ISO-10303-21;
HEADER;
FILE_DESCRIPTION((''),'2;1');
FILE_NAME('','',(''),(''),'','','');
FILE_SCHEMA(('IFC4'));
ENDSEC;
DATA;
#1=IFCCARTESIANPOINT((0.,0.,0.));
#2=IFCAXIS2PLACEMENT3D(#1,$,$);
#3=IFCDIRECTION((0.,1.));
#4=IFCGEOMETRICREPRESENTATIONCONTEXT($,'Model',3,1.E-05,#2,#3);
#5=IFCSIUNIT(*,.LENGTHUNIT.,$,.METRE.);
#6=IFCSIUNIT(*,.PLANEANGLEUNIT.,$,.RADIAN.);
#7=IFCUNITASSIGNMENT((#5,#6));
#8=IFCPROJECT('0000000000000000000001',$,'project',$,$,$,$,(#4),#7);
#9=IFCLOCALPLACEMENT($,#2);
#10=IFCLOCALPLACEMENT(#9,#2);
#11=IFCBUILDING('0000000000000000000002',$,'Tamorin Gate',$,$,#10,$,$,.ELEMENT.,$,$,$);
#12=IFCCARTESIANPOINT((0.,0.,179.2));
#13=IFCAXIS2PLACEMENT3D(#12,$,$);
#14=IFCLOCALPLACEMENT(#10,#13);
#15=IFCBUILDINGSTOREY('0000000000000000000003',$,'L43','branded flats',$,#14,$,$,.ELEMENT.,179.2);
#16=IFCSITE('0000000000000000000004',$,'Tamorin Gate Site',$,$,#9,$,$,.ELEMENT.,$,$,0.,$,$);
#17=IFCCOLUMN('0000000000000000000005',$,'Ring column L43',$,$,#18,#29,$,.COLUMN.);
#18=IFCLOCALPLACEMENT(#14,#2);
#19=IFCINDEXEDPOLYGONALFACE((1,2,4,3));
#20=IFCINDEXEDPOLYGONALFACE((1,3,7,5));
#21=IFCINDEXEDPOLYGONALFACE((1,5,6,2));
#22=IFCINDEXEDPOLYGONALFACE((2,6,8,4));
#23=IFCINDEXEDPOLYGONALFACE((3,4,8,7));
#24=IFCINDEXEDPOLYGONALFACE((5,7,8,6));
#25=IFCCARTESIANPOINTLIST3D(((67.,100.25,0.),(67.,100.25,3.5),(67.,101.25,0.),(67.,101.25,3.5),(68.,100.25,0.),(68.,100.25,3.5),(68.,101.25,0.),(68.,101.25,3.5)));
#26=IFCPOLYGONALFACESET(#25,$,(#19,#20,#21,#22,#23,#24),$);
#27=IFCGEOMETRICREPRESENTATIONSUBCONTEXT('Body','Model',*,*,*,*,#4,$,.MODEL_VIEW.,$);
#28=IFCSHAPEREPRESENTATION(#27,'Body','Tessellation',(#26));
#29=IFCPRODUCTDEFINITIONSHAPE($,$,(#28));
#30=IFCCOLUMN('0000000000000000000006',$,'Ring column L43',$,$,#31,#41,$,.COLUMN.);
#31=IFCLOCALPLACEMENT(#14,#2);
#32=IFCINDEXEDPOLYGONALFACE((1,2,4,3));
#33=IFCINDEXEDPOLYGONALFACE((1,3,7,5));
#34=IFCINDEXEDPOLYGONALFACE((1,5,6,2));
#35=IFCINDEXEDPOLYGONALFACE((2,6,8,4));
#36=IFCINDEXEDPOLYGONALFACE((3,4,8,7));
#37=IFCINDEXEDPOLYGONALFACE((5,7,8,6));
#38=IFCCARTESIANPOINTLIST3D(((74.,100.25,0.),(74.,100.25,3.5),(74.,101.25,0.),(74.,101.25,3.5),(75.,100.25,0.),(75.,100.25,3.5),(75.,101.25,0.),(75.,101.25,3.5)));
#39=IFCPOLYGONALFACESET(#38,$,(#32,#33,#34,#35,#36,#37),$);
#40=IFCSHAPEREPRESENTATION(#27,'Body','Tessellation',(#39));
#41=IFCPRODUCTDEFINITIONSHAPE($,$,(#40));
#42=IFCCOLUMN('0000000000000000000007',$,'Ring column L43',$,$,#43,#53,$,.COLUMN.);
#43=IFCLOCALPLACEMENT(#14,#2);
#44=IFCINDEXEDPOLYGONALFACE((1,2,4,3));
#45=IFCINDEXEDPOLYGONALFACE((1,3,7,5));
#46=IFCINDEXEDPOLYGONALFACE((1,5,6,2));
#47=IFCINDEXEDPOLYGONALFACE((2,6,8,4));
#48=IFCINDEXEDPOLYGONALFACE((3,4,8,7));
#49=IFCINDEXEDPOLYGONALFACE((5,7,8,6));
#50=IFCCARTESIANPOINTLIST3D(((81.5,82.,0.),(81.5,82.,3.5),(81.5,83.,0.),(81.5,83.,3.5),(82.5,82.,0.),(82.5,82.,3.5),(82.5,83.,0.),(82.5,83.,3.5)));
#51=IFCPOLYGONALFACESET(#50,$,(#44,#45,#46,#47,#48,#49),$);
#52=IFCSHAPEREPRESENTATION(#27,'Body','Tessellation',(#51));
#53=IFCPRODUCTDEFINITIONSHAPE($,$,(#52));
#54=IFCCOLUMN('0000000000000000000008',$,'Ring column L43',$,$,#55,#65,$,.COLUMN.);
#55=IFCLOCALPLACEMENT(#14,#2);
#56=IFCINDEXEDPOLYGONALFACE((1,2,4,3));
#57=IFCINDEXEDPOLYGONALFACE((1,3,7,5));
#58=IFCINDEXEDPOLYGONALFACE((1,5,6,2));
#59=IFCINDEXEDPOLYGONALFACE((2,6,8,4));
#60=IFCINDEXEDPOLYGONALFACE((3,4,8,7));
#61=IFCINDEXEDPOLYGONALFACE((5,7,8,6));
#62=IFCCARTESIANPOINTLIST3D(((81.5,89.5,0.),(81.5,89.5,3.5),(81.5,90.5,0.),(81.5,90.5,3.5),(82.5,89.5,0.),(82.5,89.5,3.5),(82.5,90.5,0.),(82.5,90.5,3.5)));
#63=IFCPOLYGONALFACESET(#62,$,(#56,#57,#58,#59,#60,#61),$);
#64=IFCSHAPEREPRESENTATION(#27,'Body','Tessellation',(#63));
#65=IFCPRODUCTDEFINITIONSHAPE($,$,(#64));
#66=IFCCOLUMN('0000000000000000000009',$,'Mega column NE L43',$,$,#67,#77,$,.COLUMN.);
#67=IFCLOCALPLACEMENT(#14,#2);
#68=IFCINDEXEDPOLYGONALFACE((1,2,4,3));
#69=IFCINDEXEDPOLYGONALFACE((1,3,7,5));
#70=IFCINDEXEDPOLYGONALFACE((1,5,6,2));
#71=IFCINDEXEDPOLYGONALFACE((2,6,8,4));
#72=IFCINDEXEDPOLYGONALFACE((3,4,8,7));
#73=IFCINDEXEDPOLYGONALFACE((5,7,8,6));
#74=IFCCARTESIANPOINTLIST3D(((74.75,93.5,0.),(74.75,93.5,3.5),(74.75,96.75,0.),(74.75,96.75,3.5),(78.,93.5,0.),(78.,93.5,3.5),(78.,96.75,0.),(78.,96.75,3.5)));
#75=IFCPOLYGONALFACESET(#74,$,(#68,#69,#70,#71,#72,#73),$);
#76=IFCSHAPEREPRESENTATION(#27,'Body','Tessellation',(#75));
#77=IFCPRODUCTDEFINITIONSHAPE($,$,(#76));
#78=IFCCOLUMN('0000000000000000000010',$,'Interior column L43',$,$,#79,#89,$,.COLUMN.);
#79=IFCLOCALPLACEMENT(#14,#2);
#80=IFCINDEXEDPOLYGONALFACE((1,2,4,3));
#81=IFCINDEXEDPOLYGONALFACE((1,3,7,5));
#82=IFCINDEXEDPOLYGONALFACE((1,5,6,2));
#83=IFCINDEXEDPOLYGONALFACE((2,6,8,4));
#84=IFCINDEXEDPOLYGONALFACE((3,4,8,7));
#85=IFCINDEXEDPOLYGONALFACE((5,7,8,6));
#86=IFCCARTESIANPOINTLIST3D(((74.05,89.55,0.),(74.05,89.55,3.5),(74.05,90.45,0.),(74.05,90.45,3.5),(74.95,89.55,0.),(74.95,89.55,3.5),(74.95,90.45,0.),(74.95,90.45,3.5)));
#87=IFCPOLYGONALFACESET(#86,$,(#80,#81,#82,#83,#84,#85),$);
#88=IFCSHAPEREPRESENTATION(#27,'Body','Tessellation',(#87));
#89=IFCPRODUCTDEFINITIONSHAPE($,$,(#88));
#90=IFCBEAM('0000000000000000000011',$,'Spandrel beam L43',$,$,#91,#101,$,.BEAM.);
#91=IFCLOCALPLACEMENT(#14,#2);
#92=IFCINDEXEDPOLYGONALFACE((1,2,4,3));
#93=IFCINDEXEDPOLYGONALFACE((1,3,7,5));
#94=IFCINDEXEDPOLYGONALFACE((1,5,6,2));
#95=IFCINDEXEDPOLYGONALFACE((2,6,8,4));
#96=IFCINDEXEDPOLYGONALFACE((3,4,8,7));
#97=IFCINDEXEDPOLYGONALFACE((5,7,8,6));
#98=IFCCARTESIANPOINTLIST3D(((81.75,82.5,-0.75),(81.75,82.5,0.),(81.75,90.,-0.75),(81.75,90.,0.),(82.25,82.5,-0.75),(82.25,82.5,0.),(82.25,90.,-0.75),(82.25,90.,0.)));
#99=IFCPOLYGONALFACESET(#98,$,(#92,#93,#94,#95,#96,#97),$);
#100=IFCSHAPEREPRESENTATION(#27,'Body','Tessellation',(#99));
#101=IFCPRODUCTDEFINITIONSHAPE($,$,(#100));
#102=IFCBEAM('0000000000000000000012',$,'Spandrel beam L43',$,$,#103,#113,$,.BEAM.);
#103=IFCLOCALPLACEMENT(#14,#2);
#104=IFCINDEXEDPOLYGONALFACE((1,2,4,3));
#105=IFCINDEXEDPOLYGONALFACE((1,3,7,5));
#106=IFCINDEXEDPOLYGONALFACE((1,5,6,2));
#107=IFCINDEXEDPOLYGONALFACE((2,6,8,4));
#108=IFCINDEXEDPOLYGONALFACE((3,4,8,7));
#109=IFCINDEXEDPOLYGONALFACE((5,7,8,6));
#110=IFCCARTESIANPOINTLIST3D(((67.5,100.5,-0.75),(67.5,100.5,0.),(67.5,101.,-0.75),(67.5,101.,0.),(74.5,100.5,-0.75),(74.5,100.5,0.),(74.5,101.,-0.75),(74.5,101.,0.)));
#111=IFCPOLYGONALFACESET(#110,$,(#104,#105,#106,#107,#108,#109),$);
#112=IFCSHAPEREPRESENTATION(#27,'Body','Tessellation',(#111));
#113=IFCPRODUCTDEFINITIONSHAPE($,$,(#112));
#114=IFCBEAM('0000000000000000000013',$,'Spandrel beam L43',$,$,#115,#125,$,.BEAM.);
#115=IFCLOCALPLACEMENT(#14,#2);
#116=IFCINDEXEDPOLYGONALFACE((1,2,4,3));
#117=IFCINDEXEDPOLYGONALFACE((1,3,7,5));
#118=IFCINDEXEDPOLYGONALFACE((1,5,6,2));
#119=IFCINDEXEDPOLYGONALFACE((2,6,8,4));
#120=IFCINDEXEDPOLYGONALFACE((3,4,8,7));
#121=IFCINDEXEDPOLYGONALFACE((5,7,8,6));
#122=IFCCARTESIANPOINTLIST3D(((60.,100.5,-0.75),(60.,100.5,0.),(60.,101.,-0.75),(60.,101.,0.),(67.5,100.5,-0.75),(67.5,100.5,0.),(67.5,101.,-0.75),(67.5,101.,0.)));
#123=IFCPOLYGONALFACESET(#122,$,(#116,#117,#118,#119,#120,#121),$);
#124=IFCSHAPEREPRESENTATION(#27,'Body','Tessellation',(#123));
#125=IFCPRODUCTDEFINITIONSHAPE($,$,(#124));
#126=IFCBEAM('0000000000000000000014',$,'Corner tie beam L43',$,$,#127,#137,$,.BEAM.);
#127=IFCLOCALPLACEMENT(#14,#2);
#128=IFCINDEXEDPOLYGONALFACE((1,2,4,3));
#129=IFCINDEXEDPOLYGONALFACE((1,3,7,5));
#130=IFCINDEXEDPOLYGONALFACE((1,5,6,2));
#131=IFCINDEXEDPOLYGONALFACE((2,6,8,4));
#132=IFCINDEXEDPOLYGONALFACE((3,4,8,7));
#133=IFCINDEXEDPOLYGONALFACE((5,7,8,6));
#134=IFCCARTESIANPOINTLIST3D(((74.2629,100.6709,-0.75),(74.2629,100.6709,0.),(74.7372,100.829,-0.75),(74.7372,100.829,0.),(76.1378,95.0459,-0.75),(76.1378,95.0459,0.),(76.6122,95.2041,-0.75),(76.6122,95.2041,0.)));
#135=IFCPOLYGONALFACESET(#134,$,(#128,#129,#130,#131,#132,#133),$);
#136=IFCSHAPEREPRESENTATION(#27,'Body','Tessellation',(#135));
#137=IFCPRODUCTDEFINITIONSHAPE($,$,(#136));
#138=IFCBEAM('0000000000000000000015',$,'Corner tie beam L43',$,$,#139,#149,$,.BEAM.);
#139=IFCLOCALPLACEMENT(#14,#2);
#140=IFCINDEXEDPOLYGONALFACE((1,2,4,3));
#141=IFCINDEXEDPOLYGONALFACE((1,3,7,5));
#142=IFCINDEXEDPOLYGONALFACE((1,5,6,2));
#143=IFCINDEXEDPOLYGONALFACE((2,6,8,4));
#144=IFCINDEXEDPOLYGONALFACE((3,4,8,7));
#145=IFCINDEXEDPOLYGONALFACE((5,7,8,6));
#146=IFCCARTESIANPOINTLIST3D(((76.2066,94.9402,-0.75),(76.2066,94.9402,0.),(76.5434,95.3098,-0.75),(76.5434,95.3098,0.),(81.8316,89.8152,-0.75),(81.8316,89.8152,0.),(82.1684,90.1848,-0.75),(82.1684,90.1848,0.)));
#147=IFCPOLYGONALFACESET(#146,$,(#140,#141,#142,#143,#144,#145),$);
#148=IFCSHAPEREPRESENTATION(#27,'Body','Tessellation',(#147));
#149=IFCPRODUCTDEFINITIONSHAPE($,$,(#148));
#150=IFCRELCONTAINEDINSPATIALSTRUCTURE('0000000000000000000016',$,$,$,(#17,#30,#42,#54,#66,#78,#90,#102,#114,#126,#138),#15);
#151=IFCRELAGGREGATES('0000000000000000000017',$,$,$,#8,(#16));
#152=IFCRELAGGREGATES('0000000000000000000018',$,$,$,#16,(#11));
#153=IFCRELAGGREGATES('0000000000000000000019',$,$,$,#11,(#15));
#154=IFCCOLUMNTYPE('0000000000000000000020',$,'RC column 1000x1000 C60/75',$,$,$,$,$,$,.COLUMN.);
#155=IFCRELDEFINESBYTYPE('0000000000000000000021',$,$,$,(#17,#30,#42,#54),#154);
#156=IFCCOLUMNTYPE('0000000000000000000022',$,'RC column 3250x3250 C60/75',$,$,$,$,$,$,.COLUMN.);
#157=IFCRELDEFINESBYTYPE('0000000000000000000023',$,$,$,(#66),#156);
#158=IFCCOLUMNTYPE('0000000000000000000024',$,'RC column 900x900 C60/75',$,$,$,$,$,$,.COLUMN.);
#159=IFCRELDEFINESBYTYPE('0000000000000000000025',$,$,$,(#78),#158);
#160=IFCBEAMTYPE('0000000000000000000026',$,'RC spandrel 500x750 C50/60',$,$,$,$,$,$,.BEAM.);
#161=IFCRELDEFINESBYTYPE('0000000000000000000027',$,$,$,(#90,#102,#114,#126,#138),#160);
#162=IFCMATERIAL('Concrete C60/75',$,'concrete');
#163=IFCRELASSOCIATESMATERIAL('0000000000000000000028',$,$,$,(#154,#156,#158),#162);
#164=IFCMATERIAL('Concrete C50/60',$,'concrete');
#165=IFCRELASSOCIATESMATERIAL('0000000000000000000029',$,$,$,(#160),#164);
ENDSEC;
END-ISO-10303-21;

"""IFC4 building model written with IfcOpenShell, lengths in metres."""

from ifc_helpers import new_model, si_unit, direction, frame, origin, origin_2d, place, context, subcontext, project, spatial, rectangle, extrude, material, material_profile, profile_set, type_object, element, save


model = new_model("IFC4")

# Units and contexts
model_context = context("Model", 3, precision=1e-05, world=origin(), true_north=direction((0.0, 1.0)))
body_context = subcontext(model_context, "Body", "Model", "MODEL_VIEW")
ifc_project = project(units=[si_unit("LENGTHUNIT", "METRE"), si_unit("PLANEANGLEUNIT", "RADIAN")], contexts=[model_context])

# Site, building, storey
site_placement = place(None, origin())
site = spatial("IfcSite", under=ifc_project, at=site_placement, Name="Tamorin Gate Site", CompositionType="ELEMENT", RefElevation=0.0)
building_placement = place(site_placement, origin())
building = spatial("IfcBuilding", under=site, at=building_placement, Name="Tamorin Gate", CompositionType="ELEMENT")
storey_placement = place(building_placement, frame((0.0, 0.0, 179.2)))
storey = spatial("IfcBuildingStorey", under=building, at=storey_placement, Name="L43", Description="branded flats", CompositionType="ELEMENT", Elevation=179.2)

# Columns
ifc_material_1 = material(Name="Concrete C60/75", Category="concrete")
ifc_material_profile_1 = material_profile(ifc_material_1, rectangle(XDim=1.0, YDim=1.0, at=origin_2d()), Name="RC 1000x1000")
ifc_profile_set_1 = profile_set([ifc_material_profile_1], Name="Concrete C60/75")
column_type_1 = type_object("IfcColumnType", Name="RC column 1000x1000 C60/75", PredefinedType="COLUMN", material=ifc_profile_set_1)
for number, where, z_axis, x_axis, name in (
    (1, (67.5, 100.75, 0.0), (0.0, 0.0, 1.0), (1.0, 0.0, 0.0), "Ring column L43"),
    (2, (74.5, 100.75, 0.0), (0.0, 0.0, 1.0), (1.0, 0.0, 0.0), "Ring column L43"),
    (3, (82.0, 82.5, 0.0), (0.0, 0.0, 1.0), (1.0, 0.0, 0.0), "Ring column L43"),
    (4, (82.0, 90.0, 0.0), (0.0, 0.0, 1.0), (1.0, 0.0, 0.0), "Ring column L43"),
):
    element("IfcColumn", number, at=place(storey_placement, frame(where, z_axis=z_axis, x_axis=x_axis)), inside=storey, type_object=column_type_1, Name=name, PredefinedType="COLUMN", context=body_context, shape_type="SweptSolid", body=[
        extrude(rectangle(XDim=1.0, YDim=1.0, at=origin_2d()), origin(), (0.0, 0.0, 1.0), 3.5),
    ])
ifc_material_profile_2 = material_profile(ifc_material_1, rectangle(XDim=3.25, YDim=3.25, at=origin_2d()), Name="RC 3250x3250")
ifc_profile_set_2 = profile_set([ifc_material_profile_2], Name="Concrete C60/75")
column_type_2 = type_object("IfcColumnType", Name="RC column 3250x3250 C60/75", PredefinedType="COLUMN", material=ifc_profile_set_2)
column_1_placement = place(storey_placement, frame((76.375, 95.125, 0.0), z_axis=(0.0, 0.0, 1.0), x_axis=(1.0, 0.0, 0.0)))
element("IfcColumn", 5, at=column_1_placement, inside=storey, type_object=column_type_2, Name="Mega column NE L43", PredefinedType="COLUMN", context=body_context, shape_type="SweptSolid", body=[
    extrude(rectangle(XDim=3.25, YDim=3.25, at=origin_2d()), origin(), (0.0, 0.0, 1.0), 3.5),
])
ifc_material_profile_3 = material_profile(ifc_material_1, rectangle(XDim=0.8999, YDim=0.8999, at=origin_2d()), Name="RC 900x900")
ifc_profile_set_3 = profile_set([ifc_material_profile_3], Name="Concrete C60/75")
column_type_3 = type_object("IfcColumnType", Name="RC column 900x900 C60/75", PredefinedType="COLUMN", material=ifc_profile_set_3)
column_2_placement = place(storey_placement, frame((74.5, 90.0, 0.0), z_axis=(0.0, 0.0, 1.0), x_axis=(1.0, 0.0, 0.0)))
element("IfcColumn", 6, at=column_2_placement, inside=storey, type_object=column_type_3, Name="Interior column L43", PredefinedType="COLUMN", context=body_context, shape_type="SweptSolid", body=[
    extrude(rectangle(XDim=0.8999, YDim=0.8999, at=origin_2d()), origin(), (0.0, 0.0, 1.0), 3.5),
])

# Beams
ifc_material_2 = material(Name="Concrete C50/60", Category="concrete")
ifc_material_profile_4 = material_profile(ifc_material_2, rectangle(XDim=0.5, YDim=0.75, at=origin_2d()), Name="RC 500x750")
ifc_profile_set_4 = profile_set([ifc_material_profile_4], Name="Concrete C50/60")
beam_type = type_object("IfcBeamType", Name="RC spandrel 500x750 C50/60", PredefinedType="BEAM", material=ifc_profile_set_4)
beam_1_placement = place(storey_placement, frame((82.0, 82.5, -0.375), z_axis=(0.0, 1.0, 0.0), x_axis=(-1.0, 0.0, 0.0)))
element("IfcBeam", 7, at=beam_1_placement, inside=storey, type_object=beam_type, Name="Spandrel beam L43", PredefinedType="BEAM", context=body_context, shape_type="SweptSolid", body=[
    extrude(rectangle(XDim=0.5, YDim=0.75, at=origin_2d()), origin(), (0.0, 0.0, 1.0), 7.5),
])
beam_2_placement = place(storey_placement, frame((74.5, 100.75, -0.375), z_axis=(-1.0, 0.0, 0.0), x_axis=(0.0, -1.0, 0.0)))
element("IfcBeam", 8, at=beam_2_placement, inside=storey, type_object=beam_type, Name="Spandrel beam L43", PredefinedType="BEAM", context=body_context, shape_type="SweptSolid", body=[
    extrude(rectangle(XDim=0.5, YDim=0.75, at=origin_2d()), origin(), (0.0, 0.0, 1.0), 7.0),
])
beam_3_placement = place(storey_placement, frame((67.5, 100.75, -0.375), z_axis=(-1.0, 0.0, 0.0), x_axis=(0.0, -1.0, 0.0)))
element("IfcBeam", 9, at=beam_3_placement, inside=storey, type_object=beam_type, Name="Spandrel beam L43", PredefinedType="BEAM", context=body_context, shape_type="SweptSolid", body=[
    extrude(rectangle(XDim=0.5, YDim=0.75, at=origin_2d()), origin(), (0.0, 0.0, 1.0), 7.5),
])
beam_4_placement = place(storey_placement, frame((76.375, 95.125, -0.375), z_axis=(-0.316228, 0.948683, 0.0), x_axis=(-0.948683, -0.316228, 0.0)))
element("IfcBeam", 10, at=beam_4_placement, inside=storey, type_object=beam_type, Name="Corner tie beam L43", PredefinedType="BEAM", context=body_context, shape_type="SweptSolid", body=[
    extrude(rectangle(XDim=0.5, YDim=0.75, at=origin_2d()), origin(), (0.0, 0.0, 1.0), 5.9292),
])
beam_5_placement = place(storey_placement, frame((76.375, 95.125, -0.375), z_axis=(0.739196, -0.67349, 0.0), x_axis=(0.67349, 0.739196, 0.0)))
element("IfcBeam", 11, at=beam_5_placement, inside=storey, type_object=beam_type, Name="Corner tie beam L43", PredefinedType="BEAM", context=body_context, shape_type="SweptSolid", body=[
    extrude(rectangle(XDim=0.5, YDim=0.75, at=origin_2d()), origin(), (0.0, 0.0, 1.0), 7.6096),
])

save(model, "model.ifc")
